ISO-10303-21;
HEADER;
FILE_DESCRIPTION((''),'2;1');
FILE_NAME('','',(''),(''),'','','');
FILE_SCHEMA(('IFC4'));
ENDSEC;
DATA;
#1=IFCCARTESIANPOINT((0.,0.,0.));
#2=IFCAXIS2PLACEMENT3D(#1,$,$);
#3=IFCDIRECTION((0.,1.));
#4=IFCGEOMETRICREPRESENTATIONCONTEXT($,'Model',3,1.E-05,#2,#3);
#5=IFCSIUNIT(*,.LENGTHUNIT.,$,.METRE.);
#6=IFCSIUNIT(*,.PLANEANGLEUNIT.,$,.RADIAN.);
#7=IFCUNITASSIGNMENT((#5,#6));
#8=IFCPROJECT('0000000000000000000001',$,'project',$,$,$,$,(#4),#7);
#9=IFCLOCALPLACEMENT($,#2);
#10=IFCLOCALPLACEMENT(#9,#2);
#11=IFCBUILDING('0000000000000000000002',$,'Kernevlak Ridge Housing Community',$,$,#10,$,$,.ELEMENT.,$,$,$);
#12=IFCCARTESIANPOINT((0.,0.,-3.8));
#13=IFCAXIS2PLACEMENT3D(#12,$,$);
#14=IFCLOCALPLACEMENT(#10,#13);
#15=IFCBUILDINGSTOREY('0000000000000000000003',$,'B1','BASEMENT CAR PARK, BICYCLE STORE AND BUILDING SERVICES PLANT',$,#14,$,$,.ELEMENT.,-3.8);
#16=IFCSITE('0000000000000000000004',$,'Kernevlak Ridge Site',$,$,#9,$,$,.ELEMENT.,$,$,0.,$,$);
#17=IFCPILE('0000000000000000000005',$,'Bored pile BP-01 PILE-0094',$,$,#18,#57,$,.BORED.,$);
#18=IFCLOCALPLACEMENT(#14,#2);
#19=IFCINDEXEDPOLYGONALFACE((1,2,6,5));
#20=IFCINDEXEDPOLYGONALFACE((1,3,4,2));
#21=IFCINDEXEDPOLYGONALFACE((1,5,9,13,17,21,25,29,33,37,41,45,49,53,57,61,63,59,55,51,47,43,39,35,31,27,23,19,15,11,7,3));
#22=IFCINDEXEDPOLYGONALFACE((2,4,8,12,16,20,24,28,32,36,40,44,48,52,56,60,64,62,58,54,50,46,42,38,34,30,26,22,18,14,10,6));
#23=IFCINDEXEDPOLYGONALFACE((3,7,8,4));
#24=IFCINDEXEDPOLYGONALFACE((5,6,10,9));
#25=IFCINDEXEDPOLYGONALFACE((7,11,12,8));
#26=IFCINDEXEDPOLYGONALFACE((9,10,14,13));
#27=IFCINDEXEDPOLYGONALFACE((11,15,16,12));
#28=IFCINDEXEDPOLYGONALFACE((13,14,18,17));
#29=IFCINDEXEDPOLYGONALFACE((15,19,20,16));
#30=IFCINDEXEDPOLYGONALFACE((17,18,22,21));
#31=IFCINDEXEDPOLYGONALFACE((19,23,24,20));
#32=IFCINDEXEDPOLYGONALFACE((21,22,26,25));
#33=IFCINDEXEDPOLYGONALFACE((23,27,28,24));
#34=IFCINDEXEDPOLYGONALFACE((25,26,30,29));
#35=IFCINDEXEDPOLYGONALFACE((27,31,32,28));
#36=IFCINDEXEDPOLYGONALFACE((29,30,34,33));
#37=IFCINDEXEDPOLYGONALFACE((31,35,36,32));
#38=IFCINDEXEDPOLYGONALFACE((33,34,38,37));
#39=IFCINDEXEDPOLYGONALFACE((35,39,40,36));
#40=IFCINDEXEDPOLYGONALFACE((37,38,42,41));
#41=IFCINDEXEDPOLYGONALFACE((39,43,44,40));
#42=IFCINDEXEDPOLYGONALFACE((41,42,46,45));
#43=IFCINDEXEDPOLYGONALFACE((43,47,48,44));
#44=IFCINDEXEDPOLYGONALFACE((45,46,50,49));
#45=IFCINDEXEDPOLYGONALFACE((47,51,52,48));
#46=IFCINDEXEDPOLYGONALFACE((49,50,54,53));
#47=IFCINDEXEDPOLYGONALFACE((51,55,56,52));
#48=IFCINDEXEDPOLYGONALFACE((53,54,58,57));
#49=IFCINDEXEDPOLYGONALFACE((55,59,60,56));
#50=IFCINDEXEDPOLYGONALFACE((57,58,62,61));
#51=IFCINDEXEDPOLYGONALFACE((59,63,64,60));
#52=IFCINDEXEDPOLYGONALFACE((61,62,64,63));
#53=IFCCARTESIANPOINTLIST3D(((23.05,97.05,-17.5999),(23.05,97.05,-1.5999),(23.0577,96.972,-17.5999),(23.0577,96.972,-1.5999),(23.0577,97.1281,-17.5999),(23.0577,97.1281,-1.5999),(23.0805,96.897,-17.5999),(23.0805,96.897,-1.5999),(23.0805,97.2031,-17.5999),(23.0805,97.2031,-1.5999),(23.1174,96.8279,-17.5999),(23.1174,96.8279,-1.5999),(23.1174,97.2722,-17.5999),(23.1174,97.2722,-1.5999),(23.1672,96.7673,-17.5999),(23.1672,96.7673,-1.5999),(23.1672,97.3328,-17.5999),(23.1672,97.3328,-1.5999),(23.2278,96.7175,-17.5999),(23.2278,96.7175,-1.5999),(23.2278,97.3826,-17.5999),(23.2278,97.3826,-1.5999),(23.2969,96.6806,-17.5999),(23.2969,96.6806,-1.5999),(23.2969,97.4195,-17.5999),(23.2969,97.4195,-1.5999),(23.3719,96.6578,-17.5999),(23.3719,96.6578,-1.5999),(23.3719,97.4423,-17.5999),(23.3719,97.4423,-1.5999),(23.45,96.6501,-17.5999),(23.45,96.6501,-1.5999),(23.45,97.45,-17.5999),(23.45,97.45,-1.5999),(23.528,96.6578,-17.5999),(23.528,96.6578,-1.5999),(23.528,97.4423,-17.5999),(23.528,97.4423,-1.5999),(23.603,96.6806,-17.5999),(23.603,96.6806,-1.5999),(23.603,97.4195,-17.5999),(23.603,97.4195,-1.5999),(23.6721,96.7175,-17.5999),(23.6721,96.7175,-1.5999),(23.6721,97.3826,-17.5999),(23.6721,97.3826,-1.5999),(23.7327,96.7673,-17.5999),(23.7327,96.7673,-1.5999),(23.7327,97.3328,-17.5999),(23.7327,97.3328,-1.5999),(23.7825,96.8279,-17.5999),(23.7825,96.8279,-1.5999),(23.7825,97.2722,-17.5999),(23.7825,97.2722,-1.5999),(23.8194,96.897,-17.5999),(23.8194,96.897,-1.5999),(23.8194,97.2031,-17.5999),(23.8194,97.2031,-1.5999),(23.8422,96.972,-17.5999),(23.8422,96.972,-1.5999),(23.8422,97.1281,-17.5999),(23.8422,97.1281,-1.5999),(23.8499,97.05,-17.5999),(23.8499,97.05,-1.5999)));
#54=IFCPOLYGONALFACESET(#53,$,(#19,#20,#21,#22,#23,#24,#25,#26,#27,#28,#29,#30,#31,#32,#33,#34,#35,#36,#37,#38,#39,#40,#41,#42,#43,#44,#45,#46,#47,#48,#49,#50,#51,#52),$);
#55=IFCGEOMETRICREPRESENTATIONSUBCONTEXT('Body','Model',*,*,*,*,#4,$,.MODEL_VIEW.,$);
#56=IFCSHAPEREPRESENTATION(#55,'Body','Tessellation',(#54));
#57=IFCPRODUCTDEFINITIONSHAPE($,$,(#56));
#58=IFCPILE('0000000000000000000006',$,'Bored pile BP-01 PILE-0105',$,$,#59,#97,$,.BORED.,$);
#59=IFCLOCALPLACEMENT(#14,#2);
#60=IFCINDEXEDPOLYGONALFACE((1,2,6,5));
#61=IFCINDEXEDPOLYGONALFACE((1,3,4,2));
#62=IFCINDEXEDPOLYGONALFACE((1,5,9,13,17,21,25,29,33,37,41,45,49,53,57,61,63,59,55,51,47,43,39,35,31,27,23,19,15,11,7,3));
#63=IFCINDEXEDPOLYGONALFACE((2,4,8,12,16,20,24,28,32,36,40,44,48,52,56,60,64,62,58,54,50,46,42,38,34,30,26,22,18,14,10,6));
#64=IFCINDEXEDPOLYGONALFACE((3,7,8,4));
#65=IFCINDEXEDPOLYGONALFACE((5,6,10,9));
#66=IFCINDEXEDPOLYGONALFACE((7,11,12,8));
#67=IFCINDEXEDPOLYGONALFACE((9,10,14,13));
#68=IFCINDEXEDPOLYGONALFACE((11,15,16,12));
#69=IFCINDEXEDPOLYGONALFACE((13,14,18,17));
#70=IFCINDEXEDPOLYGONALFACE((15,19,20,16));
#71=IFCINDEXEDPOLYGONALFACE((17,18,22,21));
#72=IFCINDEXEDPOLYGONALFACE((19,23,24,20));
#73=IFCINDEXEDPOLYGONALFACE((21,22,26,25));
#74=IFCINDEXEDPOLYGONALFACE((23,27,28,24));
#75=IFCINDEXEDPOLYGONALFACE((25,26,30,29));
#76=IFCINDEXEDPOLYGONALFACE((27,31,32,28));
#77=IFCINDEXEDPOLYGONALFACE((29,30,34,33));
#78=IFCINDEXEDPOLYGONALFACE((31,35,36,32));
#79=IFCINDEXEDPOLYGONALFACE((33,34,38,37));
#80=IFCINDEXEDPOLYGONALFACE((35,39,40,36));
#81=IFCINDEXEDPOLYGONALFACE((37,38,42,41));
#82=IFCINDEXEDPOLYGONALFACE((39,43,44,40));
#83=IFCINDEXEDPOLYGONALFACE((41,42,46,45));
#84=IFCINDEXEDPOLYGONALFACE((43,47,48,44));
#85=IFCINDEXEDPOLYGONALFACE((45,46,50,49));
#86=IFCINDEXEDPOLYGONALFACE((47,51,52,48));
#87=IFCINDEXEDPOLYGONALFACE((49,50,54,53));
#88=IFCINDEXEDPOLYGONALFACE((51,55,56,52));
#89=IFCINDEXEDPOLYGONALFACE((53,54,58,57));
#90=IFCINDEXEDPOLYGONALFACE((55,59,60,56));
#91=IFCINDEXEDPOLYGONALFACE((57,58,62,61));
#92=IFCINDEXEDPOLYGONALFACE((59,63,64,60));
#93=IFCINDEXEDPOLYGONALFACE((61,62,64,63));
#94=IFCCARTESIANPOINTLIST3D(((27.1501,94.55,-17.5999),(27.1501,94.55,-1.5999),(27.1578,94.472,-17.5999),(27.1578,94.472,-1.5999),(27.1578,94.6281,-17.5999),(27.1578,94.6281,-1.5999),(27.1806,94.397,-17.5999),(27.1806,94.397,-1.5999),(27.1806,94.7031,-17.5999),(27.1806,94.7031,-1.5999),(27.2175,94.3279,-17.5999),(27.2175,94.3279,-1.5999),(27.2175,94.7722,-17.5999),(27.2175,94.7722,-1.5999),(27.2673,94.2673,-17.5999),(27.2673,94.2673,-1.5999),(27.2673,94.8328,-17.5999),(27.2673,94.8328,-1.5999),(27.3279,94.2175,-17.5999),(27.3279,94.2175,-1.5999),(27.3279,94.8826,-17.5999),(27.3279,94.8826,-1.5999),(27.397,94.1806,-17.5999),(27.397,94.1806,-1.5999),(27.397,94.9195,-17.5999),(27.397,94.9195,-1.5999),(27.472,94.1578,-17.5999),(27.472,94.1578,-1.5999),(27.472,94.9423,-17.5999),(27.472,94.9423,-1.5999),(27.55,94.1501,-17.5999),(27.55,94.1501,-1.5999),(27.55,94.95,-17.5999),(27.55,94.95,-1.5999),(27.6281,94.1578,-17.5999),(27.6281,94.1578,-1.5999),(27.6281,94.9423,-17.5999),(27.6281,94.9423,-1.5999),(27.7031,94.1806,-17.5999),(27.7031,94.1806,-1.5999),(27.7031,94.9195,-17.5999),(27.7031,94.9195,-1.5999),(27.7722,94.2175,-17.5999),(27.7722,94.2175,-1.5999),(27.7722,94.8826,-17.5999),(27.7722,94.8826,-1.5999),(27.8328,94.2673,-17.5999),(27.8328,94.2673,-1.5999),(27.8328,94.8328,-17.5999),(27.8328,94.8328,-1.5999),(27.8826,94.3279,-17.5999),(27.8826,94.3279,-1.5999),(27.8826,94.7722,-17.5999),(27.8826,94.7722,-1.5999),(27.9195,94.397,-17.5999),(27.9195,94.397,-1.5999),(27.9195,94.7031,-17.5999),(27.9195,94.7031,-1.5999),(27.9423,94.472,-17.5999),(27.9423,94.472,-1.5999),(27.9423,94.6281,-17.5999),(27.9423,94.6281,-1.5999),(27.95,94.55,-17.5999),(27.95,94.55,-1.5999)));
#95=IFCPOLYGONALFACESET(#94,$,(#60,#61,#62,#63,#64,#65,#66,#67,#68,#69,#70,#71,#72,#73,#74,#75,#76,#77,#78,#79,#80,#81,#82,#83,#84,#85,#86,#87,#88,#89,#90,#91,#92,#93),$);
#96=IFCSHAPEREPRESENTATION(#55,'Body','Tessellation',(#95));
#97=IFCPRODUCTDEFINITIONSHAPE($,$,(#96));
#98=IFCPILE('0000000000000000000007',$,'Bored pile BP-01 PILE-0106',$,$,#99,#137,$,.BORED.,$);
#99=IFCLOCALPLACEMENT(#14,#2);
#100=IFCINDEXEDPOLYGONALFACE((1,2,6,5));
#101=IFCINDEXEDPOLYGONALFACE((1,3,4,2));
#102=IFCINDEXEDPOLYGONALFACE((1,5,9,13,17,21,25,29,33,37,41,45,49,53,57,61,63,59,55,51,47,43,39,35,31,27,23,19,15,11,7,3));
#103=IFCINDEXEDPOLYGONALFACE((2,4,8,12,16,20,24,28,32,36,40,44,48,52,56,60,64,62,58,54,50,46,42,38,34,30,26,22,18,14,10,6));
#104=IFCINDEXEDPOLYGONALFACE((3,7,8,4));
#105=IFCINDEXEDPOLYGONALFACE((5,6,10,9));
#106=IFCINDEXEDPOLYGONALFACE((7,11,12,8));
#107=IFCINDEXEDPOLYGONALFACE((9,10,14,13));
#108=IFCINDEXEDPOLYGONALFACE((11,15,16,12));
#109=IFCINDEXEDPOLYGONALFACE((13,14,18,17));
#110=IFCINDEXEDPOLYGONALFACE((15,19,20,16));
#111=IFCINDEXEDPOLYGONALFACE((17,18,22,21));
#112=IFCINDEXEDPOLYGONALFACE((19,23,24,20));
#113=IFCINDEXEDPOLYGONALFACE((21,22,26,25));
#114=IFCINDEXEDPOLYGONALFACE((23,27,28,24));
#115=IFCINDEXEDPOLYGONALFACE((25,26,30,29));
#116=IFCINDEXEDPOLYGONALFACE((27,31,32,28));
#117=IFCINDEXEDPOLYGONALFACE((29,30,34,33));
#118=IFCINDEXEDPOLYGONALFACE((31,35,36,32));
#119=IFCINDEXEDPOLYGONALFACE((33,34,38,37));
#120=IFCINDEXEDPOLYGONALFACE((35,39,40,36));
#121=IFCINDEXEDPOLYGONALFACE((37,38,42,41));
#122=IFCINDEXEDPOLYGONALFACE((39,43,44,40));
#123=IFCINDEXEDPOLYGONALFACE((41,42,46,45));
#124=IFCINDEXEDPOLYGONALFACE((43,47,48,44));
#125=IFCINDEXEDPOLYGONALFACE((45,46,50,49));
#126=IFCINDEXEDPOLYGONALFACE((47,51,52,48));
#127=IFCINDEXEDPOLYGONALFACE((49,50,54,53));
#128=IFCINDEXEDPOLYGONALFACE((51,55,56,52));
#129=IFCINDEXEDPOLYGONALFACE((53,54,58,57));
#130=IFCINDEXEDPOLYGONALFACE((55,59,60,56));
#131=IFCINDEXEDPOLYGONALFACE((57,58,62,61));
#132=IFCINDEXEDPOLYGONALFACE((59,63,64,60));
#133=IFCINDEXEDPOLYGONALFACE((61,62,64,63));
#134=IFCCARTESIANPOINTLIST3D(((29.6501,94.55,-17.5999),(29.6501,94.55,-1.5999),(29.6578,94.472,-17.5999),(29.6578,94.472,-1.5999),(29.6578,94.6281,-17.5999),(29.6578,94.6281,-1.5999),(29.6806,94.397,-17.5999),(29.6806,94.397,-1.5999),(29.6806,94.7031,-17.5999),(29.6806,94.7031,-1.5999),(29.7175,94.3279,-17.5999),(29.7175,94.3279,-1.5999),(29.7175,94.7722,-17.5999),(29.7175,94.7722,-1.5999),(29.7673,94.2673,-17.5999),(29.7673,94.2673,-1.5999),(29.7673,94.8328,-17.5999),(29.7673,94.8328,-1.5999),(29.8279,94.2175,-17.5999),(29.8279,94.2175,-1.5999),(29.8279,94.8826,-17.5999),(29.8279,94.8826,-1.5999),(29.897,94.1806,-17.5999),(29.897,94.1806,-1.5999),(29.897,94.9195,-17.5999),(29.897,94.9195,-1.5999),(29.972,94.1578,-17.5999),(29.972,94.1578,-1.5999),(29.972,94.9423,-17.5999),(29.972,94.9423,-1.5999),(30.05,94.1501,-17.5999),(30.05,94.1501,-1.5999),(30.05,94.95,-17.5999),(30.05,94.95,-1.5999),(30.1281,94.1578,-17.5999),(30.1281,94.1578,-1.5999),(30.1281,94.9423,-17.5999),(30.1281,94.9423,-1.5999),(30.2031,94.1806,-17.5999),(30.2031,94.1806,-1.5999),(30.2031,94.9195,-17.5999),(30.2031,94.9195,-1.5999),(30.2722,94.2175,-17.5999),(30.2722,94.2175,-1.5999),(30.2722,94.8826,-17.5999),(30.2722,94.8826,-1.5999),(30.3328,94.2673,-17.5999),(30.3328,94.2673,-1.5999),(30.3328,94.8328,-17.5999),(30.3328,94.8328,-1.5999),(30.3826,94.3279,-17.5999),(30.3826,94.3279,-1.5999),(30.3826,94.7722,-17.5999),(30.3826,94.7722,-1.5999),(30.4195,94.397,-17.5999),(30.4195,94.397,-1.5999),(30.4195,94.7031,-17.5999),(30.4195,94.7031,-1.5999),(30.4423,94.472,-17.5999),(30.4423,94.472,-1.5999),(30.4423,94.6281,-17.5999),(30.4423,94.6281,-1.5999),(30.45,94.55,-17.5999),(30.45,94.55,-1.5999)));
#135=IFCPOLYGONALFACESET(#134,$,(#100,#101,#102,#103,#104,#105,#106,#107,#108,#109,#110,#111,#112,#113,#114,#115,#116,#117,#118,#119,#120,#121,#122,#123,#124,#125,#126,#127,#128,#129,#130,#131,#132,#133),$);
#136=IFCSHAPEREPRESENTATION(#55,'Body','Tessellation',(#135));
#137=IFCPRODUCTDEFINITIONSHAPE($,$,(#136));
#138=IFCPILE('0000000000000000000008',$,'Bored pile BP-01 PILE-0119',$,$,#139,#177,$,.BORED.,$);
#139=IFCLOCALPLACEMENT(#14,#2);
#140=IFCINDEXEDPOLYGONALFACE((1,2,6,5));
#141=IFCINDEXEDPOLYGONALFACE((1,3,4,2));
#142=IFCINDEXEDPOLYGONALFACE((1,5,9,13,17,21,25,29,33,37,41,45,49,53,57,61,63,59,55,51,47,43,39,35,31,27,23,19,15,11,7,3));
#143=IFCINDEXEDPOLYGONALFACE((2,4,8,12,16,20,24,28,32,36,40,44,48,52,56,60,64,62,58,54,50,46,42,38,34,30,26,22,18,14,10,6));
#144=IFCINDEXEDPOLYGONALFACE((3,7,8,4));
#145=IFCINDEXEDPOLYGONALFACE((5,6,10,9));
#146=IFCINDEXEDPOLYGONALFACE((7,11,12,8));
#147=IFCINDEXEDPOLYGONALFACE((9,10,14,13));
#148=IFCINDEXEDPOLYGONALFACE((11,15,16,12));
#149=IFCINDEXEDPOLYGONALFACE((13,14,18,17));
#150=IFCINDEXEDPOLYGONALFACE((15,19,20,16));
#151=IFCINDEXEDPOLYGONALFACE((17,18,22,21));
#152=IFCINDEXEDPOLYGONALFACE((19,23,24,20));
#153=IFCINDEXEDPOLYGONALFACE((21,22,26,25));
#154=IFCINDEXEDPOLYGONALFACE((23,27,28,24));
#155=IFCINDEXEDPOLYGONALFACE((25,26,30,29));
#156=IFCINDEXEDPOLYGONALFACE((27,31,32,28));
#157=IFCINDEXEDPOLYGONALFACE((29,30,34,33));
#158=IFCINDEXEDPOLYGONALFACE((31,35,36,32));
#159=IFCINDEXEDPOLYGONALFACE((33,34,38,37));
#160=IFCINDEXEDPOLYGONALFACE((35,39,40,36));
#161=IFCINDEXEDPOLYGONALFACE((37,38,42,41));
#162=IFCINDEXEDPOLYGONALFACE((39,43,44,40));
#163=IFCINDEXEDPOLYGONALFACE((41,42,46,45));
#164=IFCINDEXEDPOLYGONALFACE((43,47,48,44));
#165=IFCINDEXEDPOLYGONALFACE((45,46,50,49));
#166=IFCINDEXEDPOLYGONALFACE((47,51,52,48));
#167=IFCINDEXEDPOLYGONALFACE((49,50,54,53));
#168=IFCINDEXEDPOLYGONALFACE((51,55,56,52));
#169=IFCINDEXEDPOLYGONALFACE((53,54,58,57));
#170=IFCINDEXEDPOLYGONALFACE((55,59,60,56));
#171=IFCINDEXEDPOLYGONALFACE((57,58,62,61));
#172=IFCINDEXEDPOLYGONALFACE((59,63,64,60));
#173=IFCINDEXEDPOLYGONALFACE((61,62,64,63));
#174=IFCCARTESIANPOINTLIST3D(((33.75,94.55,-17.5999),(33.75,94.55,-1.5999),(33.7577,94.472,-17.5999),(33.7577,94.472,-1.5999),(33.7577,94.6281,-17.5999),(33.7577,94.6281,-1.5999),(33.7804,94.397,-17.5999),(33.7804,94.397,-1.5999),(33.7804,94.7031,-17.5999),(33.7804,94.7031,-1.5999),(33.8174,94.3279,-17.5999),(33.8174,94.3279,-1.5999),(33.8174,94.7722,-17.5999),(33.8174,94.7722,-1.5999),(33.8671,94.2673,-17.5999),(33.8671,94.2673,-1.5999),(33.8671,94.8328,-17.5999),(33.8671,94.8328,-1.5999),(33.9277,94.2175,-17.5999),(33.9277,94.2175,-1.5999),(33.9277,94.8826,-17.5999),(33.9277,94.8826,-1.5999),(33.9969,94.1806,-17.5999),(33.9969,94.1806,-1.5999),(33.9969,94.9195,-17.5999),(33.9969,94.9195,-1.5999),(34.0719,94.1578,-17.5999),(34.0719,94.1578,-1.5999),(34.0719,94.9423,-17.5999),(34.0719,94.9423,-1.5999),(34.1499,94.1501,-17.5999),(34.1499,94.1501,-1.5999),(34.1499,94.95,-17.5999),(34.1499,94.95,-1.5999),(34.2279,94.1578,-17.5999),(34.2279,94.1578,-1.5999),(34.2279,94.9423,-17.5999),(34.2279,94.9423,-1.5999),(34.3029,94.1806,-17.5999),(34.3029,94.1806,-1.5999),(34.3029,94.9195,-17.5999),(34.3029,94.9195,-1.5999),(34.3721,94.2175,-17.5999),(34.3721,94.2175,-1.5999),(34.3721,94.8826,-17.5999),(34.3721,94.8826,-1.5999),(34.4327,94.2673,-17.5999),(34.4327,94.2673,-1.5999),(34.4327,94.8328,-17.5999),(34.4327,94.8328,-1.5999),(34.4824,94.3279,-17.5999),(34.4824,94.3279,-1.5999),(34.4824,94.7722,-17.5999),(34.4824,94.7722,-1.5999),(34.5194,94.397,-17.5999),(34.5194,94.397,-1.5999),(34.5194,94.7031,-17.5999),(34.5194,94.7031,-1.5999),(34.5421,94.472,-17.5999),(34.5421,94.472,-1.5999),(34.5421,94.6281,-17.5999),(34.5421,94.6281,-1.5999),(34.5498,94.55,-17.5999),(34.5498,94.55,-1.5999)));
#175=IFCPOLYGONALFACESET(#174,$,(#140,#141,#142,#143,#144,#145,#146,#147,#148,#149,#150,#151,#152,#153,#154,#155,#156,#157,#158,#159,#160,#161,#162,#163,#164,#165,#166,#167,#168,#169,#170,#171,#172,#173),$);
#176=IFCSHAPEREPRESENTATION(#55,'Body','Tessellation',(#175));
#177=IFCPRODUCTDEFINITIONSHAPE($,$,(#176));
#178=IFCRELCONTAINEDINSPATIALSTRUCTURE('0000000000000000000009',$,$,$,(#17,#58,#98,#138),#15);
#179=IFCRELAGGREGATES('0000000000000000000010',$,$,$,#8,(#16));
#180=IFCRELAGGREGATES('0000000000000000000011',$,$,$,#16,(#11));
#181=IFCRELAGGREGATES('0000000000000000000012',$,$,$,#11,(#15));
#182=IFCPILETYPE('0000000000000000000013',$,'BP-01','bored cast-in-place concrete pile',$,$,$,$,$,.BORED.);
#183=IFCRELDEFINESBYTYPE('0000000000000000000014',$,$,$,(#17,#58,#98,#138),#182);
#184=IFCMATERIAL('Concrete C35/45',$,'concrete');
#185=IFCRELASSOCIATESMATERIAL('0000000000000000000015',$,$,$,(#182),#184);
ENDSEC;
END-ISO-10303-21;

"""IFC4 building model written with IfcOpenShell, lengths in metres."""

from ifc_helpers import new_model, si_unit, direction, frame, origin, origin_2d, place, context, subcontext, project, spatial, circle, extrude, material, material_profile, profile_set, type_object, element, save


model = new_model("IFC4")

# Units and contexts
model_context = context("Model", 3, precision=1e-05, world=origin(), true_north=direction((0.0, 1.0)))
body_context = subcontext(model_context, "Body", "Model", "MODEL_VIEW")
ifc_project = project(units=[si_unit("LENGTHUNIT", "METRE"), si_unit("PLANEANGLEUNIT", "RADIAN")], contexts=[model_context])

# Site, building, storey
site_placement = place(None, origin())
site = spatial("IfcSite", under=ifc_project, at=site_placement, Name="Kernevlak Ridge Site", CompositionType="ELEMENT", RefElevation=0.0)
building_placement = place(site_placement, origin())
building = spatial("IfcBuilding", under=site, at=building_placement, Name="Kernevlak Ridge Housing Community", CompositionType="ELEMENT")
storey_placement = place(building_placement, frame((0.0, 0.0, -3.8)))
storey = spatial("IfcBuildingStorey", under=building, at=storey_placement, Name="B1", Description="BASEMENT CAR PARK, BICYCLE STORE AND BUILDING SERVICES PLANT", CompositionType="ELEMENT", Elevation=-3.8)

# Piles
ifc_material_1 = material(Name="Concrete C35/45", Category="concrete")
ifc_material_profile_1 = material_profile(ifc_material_1, circle(Radius=0.3999, at=origin_2d()), Name="BORED PILE 800")
ifc_profile_set_1 = profile_set([ifc_material_profile_1], Name="Concrete C35/45")
pile_type_1 = type_object("IfcPileType", Name="BP-01", Description="bored cast-in-place concrete pile", PredefinedType="BORED", material=ifc_profile_set_1)
for number, where, z_axis, x_axis, name in (
    (1, (23.45, 97.05, -1.5999), (0.0, 0.0, -1.0), (1.0, 0.0, 0.0), "Bored pile BP-01 PILE-0094"),
    (2, (27.55, 94.55, -1.5999), (0.0, 0.0, -1.0), (1.0, 0.0, 0.0), "Bored pile BP-01 PILE-0105"),
    (3, (30.05, 94.55, -1.5999), (0.0, 0.0, -1.0), (1.0, 0.0, 0.0), "Bored pile BP-01 PILE-0106"),
    (4, (34.1499, 94.55, -1.5999), (0.0, 0.0, -1.0), (1.0, 0.0, 0.0), "Bored pile BP-01 PILE-0119"),
):
    element("IfcPile", number, at=place(storey_placement, frame(where, z_axis=z_axis, x_axis=x_axis)), inside=storey, type_object=pile_type_1, Name=name, PredefinedType="BORED", context=body_context, shape_type="SweptSolid", body=[
        extrude(circle(Radius=0.3999, at=origin_2d()), origin(), (0.0, 0.0, 1.0), 16.0),
    ])

save(model, "model.ifc")
